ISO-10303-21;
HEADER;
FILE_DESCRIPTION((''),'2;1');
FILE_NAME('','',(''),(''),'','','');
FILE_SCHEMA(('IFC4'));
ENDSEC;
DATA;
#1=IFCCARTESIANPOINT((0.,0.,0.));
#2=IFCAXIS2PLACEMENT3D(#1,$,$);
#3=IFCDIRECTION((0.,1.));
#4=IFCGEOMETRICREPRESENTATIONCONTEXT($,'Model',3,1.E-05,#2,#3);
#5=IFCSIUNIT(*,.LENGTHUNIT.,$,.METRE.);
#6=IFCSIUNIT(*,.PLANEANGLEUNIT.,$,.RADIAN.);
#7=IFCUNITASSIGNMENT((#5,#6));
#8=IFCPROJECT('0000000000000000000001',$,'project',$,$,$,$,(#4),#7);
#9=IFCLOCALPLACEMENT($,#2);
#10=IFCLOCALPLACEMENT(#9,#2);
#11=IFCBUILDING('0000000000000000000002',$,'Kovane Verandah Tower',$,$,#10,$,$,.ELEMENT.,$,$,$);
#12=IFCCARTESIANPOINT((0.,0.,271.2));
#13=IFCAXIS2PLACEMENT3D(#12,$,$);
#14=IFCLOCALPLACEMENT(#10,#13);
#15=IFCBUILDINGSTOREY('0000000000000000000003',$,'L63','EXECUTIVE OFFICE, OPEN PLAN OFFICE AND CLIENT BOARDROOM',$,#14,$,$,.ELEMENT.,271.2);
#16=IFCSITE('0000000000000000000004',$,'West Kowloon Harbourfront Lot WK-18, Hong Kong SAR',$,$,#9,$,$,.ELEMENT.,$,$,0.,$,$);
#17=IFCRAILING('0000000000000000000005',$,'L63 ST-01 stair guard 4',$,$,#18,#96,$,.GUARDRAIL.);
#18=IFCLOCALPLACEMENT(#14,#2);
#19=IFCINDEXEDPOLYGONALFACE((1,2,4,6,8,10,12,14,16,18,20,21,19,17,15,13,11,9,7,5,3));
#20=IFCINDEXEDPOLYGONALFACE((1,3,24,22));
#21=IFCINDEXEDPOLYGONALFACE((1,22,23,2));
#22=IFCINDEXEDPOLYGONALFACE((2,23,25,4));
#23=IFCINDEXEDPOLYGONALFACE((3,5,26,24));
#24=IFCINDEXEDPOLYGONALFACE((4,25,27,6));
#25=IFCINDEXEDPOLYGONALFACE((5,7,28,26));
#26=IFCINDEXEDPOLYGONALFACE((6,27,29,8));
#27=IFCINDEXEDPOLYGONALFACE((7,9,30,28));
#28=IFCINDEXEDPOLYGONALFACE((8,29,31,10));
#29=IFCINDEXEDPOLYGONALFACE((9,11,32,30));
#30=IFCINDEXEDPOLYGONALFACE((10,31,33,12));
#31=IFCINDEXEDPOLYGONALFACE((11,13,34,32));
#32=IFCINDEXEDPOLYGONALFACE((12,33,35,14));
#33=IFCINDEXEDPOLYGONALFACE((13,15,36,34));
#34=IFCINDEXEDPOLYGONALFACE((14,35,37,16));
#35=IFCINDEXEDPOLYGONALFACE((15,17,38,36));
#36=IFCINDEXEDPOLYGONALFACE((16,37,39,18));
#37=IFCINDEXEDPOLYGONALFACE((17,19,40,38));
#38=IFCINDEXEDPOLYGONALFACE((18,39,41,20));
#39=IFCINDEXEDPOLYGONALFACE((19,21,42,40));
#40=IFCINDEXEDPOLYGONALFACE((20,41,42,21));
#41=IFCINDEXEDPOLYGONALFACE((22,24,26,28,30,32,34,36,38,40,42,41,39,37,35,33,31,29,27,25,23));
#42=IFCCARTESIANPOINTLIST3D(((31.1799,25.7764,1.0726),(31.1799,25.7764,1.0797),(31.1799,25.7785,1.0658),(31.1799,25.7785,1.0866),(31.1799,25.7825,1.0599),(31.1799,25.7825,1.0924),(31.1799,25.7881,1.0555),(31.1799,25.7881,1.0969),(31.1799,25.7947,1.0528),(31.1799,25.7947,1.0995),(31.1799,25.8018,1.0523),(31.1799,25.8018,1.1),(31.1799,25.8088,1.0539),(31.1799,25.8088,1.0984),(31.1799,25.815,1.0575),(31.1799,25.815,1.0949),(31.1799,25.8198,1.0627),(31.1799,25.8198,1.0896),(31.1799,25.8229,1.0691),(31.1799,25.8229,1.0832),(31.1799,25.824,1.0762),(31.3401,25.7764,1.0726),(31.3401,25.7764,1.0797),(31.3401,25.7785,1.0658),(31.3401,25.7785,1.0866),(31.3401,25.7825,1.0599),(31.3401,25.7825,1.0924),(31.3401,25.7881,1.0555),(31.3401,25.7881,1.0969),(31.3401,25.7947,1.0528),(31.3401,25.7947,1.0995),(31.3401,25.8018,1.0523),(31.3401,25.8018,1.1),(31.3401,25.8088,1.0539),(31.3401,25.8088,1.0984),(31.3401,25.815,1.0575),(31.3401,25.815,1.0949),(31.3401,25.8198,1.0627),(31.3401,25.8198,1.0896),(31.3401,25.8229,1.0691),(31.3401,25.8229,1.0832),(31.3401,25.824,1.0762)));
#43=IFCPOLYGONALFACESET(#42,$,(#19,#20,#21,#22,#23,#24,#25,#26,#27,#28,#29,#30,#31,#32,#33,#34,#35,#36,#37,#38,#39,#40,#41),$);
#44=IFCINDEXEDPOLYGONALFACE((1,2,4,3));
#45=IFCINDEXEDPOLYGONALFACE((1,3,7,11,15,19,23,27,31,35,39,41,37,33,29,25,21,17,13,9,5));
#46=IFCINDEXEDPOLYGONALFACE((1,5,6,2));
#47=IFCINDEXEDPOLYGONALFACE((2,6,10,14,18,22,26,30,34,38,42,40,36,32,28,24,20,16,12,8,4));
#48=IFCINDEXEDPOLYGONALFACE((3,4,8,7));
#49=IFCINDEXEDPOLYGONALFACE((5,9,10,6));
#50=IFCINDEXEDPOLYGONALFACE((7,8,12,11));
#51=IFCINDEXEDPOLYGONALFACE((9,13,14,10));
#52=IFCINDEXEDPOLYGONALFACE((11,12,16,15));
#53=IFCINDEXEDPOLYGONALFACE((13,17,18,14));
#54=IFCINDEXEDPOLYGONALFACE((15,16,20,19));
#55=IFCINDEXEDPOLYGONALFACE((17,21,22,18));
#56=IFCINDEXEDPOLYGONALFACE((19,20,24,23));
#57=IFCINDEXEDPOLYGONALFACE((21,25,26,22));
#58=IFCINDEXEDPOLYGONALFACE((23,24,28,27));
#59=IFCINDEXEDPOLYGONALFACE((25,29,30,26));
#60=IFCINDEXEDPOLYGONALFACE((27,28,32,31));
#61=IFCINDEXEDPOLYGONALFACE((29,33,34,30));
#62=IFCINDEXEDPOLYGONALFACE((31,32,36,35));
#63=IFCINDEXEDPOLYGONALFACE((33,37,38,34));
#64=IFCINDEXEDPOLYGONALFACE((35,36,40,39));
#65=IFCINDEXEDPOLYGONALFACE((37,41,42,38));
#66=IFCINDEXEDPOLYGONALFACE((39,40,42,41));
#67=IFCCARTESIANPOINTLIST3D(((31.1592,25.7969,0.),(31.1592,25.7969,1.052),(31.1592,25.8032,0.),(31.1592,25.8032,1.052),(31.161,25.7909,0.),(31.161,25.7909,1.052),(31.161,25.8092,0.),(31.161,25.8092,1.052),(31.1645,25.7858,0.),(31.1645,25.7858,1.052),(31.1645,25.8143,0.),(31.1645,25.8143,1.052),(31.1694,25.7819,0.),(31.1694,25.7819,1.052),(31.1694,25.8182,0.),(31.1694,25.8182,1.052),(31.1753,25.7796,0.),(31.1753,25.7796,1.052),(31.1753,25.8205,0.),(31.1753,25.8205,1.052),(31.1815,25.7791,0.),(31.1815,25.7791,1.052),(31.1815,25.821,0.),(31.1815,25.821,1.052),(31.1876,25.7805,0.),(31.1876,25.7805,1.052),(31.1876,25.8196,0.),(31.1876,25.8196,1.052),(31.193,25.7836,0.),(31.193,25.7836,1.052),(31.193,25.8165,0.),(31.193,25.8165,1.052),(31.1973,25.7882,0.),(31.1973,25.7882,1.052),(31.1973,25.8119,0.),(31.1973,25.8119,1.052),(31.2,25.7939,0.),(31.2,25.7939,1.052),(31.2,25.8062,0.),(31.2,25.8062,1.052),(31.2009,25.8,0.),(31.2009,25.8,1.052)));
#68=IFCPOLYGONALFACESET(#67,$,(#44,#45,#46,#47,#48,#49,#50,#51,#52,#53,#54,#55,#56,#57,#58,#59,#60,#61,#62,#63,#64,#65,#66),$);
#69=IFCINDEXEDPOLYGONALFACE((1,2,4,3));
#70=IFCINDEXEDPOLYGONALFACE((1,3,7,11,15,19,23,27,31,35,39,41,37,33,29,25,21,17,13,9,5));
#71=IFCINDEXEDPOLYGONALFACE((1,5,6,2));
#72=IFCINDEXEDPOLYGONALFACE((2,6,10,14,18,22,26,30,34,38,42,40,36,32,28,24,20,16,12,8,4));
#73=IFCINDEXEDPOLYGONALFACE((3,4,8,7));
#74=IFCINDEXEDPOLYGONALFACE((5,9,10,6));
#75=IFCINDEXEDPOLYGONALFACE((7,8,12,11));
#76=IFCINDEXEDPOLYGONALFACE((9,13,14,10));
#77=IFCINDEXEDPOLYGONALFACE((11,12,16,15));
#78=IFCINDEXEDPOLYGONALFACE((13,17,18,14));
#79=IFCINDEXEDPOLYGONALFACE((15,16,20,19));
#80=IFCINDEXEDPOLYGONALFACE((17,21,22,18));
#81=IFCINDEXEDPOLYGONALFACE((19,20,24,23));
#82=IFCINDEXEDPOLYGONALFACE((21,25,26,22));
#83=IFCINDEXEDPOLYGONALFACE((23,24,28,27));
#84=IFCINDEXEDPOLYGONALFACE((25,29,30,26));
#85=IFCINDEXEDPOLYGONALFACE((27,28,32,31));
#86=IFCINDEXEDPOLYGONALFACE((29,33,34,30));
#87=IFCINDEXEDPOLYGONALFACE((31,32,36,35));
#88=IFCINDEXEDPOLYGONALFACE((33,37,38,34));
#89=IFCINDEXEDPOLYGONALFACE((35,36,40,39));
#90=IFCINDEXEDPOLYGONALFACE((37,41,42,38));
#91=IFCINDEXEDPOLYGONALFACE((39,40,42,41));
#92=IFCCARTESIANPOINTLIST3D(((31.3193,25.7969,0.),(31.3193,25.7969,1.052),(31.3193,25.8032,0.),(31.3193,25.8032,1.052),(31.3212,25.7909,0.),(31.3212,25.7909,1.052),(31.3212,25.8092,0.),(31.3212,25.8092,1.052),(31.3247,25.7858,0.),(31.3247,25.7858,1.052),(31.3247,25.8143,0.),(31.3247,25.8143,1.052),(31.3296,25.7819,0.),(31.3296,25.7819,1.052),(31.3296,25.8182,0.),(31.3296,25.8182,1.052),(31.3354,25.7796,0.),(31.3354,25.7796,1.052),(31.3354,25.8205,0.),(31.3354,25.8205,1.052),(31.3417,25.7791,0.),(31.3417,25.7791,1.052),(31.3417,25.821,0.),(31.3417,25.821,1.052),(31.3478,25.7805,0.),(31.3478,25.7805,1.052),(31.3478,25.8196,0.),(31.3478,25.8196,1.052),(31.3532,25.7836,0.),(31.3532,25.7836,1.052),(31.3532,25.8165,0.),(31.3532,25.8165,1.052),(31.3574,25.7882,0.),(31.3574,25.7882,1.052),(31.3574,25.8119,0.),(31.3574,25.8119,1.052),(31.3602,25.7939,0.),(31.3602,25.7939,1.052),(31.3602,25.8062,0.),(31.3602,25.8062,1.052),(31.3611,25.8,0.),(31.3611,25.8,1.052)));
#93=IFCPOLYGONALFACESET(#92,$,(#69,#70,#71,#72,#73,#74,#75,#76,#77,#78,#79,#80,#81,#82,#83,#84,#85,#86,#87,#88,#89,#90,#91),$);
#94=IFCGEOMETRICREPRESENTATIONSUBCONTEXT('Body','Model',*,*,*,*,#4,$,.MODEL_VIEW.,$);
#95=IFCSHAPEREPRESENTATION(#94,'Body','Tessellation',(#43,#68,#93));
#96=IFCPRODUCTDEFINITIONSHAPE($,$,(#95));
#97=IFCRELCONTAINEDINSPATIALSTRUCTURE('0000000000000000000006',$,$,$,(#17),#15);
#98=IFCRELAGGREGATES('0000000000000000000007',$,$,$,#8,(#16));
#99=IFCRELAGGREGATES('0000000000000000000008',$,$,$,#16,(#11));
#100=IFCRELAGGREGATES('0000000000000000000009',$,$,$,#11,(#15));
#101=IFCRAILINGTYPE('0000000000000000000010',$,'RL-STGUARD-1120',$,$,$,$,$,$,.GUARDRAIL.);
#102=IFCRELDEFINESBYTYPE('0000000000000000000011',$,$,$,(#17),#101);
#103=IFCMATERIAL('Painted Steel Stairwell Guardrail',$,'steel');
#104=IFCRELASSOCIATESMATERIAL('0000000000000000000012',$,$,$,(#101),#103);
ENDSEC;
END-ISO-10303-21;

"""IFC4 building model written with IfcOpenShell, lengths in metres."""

from ifc_helpers import new_model, si_unit, direction, frame, origin, origin_2d, place, context, subcontext, project, spatial, circle, extrude, material, type_object, element, save


model = new_model("IFC4")

# Units and contexts
model_context = context("Model", 3, precision=1e-05, world=origin(), true_north=direction((0.0, 1.0)))
body_context = subcontext(model_context, "Body", "Model", "MODEL_VIEW")
ifc_project = project(units=[si_unit("LENGTHUNIT", "METRE"), si_unit("PLANEANGLEUNIT", "RADIAN")], contexts=[model_context])

# Site, building, storey
site_placement = place(None, origin())
site = spatial("IfcSite", under=ifc_project, at=site_placement, Name="West Kowloon Harbourfront Lot WK-18, Hong Kong SAR", CompositionType="ELEMENT", RefElevation=0.0)
building_placement = place(site_placement, origin())
building = spatial("IfcBuilding", under=site, at=building_placement, Name="Kovane Verandah Tower", CompositionType="ELEMENT")
storey_placement = place(building_placement, frame((0.0, 0.0, 271.2)))
storey = spatial("IfcBuildingStorey", under=building, at=storey_placement, Name="L63", Description="EXECUTIVE OFFICE, OPEN PLAN OFFICE AND CLIENT BOARDROOM", CompositionType="ELEMENT", Elevation=271.2)

# Railing
ifc_material_1 = material(Name="Painted Steel Stairwell Guardrail", Category="steel")
railing_type_1 = type_object("IfcRailingType", Name="RL-STGUARD-1120", PredefinedType="GUARDRAIL", material=ifc_material_1)
railing_1_placement = place(storey_placement, frame((31.1799, 25.8, 0.0)))
element("IfcRailing", 1, at=railing_1_placement, inside=storey, type_object=railing_type_1, Name="L63 ST-01 stair guard 4", PredefinedType="GUARDRAIL", context=body_context, shape_type="SweptSolid", body=[
    extrude(circle(Radius=0.0239, at=origin_2d()), frame((0.0, 0.0, 1.0762), z_axis=(1.0, 0.0, 0.0), x_axis=(0.0, 1.0, 0.0)), (0.0, 0.0, 1.0), 0.1602),
    extrude(circle(Radius=0.021, at=origin_2d()), origin(), (0.0, 0.0, 1.0), 1.052),
    extrude(circle(Radius=0.021, at=origin_2d()), frame((0.1602, 0.0, 0.0)), (0.0, 0.0, 1.0), 1.052),
])

save(model, "model.ifc")
